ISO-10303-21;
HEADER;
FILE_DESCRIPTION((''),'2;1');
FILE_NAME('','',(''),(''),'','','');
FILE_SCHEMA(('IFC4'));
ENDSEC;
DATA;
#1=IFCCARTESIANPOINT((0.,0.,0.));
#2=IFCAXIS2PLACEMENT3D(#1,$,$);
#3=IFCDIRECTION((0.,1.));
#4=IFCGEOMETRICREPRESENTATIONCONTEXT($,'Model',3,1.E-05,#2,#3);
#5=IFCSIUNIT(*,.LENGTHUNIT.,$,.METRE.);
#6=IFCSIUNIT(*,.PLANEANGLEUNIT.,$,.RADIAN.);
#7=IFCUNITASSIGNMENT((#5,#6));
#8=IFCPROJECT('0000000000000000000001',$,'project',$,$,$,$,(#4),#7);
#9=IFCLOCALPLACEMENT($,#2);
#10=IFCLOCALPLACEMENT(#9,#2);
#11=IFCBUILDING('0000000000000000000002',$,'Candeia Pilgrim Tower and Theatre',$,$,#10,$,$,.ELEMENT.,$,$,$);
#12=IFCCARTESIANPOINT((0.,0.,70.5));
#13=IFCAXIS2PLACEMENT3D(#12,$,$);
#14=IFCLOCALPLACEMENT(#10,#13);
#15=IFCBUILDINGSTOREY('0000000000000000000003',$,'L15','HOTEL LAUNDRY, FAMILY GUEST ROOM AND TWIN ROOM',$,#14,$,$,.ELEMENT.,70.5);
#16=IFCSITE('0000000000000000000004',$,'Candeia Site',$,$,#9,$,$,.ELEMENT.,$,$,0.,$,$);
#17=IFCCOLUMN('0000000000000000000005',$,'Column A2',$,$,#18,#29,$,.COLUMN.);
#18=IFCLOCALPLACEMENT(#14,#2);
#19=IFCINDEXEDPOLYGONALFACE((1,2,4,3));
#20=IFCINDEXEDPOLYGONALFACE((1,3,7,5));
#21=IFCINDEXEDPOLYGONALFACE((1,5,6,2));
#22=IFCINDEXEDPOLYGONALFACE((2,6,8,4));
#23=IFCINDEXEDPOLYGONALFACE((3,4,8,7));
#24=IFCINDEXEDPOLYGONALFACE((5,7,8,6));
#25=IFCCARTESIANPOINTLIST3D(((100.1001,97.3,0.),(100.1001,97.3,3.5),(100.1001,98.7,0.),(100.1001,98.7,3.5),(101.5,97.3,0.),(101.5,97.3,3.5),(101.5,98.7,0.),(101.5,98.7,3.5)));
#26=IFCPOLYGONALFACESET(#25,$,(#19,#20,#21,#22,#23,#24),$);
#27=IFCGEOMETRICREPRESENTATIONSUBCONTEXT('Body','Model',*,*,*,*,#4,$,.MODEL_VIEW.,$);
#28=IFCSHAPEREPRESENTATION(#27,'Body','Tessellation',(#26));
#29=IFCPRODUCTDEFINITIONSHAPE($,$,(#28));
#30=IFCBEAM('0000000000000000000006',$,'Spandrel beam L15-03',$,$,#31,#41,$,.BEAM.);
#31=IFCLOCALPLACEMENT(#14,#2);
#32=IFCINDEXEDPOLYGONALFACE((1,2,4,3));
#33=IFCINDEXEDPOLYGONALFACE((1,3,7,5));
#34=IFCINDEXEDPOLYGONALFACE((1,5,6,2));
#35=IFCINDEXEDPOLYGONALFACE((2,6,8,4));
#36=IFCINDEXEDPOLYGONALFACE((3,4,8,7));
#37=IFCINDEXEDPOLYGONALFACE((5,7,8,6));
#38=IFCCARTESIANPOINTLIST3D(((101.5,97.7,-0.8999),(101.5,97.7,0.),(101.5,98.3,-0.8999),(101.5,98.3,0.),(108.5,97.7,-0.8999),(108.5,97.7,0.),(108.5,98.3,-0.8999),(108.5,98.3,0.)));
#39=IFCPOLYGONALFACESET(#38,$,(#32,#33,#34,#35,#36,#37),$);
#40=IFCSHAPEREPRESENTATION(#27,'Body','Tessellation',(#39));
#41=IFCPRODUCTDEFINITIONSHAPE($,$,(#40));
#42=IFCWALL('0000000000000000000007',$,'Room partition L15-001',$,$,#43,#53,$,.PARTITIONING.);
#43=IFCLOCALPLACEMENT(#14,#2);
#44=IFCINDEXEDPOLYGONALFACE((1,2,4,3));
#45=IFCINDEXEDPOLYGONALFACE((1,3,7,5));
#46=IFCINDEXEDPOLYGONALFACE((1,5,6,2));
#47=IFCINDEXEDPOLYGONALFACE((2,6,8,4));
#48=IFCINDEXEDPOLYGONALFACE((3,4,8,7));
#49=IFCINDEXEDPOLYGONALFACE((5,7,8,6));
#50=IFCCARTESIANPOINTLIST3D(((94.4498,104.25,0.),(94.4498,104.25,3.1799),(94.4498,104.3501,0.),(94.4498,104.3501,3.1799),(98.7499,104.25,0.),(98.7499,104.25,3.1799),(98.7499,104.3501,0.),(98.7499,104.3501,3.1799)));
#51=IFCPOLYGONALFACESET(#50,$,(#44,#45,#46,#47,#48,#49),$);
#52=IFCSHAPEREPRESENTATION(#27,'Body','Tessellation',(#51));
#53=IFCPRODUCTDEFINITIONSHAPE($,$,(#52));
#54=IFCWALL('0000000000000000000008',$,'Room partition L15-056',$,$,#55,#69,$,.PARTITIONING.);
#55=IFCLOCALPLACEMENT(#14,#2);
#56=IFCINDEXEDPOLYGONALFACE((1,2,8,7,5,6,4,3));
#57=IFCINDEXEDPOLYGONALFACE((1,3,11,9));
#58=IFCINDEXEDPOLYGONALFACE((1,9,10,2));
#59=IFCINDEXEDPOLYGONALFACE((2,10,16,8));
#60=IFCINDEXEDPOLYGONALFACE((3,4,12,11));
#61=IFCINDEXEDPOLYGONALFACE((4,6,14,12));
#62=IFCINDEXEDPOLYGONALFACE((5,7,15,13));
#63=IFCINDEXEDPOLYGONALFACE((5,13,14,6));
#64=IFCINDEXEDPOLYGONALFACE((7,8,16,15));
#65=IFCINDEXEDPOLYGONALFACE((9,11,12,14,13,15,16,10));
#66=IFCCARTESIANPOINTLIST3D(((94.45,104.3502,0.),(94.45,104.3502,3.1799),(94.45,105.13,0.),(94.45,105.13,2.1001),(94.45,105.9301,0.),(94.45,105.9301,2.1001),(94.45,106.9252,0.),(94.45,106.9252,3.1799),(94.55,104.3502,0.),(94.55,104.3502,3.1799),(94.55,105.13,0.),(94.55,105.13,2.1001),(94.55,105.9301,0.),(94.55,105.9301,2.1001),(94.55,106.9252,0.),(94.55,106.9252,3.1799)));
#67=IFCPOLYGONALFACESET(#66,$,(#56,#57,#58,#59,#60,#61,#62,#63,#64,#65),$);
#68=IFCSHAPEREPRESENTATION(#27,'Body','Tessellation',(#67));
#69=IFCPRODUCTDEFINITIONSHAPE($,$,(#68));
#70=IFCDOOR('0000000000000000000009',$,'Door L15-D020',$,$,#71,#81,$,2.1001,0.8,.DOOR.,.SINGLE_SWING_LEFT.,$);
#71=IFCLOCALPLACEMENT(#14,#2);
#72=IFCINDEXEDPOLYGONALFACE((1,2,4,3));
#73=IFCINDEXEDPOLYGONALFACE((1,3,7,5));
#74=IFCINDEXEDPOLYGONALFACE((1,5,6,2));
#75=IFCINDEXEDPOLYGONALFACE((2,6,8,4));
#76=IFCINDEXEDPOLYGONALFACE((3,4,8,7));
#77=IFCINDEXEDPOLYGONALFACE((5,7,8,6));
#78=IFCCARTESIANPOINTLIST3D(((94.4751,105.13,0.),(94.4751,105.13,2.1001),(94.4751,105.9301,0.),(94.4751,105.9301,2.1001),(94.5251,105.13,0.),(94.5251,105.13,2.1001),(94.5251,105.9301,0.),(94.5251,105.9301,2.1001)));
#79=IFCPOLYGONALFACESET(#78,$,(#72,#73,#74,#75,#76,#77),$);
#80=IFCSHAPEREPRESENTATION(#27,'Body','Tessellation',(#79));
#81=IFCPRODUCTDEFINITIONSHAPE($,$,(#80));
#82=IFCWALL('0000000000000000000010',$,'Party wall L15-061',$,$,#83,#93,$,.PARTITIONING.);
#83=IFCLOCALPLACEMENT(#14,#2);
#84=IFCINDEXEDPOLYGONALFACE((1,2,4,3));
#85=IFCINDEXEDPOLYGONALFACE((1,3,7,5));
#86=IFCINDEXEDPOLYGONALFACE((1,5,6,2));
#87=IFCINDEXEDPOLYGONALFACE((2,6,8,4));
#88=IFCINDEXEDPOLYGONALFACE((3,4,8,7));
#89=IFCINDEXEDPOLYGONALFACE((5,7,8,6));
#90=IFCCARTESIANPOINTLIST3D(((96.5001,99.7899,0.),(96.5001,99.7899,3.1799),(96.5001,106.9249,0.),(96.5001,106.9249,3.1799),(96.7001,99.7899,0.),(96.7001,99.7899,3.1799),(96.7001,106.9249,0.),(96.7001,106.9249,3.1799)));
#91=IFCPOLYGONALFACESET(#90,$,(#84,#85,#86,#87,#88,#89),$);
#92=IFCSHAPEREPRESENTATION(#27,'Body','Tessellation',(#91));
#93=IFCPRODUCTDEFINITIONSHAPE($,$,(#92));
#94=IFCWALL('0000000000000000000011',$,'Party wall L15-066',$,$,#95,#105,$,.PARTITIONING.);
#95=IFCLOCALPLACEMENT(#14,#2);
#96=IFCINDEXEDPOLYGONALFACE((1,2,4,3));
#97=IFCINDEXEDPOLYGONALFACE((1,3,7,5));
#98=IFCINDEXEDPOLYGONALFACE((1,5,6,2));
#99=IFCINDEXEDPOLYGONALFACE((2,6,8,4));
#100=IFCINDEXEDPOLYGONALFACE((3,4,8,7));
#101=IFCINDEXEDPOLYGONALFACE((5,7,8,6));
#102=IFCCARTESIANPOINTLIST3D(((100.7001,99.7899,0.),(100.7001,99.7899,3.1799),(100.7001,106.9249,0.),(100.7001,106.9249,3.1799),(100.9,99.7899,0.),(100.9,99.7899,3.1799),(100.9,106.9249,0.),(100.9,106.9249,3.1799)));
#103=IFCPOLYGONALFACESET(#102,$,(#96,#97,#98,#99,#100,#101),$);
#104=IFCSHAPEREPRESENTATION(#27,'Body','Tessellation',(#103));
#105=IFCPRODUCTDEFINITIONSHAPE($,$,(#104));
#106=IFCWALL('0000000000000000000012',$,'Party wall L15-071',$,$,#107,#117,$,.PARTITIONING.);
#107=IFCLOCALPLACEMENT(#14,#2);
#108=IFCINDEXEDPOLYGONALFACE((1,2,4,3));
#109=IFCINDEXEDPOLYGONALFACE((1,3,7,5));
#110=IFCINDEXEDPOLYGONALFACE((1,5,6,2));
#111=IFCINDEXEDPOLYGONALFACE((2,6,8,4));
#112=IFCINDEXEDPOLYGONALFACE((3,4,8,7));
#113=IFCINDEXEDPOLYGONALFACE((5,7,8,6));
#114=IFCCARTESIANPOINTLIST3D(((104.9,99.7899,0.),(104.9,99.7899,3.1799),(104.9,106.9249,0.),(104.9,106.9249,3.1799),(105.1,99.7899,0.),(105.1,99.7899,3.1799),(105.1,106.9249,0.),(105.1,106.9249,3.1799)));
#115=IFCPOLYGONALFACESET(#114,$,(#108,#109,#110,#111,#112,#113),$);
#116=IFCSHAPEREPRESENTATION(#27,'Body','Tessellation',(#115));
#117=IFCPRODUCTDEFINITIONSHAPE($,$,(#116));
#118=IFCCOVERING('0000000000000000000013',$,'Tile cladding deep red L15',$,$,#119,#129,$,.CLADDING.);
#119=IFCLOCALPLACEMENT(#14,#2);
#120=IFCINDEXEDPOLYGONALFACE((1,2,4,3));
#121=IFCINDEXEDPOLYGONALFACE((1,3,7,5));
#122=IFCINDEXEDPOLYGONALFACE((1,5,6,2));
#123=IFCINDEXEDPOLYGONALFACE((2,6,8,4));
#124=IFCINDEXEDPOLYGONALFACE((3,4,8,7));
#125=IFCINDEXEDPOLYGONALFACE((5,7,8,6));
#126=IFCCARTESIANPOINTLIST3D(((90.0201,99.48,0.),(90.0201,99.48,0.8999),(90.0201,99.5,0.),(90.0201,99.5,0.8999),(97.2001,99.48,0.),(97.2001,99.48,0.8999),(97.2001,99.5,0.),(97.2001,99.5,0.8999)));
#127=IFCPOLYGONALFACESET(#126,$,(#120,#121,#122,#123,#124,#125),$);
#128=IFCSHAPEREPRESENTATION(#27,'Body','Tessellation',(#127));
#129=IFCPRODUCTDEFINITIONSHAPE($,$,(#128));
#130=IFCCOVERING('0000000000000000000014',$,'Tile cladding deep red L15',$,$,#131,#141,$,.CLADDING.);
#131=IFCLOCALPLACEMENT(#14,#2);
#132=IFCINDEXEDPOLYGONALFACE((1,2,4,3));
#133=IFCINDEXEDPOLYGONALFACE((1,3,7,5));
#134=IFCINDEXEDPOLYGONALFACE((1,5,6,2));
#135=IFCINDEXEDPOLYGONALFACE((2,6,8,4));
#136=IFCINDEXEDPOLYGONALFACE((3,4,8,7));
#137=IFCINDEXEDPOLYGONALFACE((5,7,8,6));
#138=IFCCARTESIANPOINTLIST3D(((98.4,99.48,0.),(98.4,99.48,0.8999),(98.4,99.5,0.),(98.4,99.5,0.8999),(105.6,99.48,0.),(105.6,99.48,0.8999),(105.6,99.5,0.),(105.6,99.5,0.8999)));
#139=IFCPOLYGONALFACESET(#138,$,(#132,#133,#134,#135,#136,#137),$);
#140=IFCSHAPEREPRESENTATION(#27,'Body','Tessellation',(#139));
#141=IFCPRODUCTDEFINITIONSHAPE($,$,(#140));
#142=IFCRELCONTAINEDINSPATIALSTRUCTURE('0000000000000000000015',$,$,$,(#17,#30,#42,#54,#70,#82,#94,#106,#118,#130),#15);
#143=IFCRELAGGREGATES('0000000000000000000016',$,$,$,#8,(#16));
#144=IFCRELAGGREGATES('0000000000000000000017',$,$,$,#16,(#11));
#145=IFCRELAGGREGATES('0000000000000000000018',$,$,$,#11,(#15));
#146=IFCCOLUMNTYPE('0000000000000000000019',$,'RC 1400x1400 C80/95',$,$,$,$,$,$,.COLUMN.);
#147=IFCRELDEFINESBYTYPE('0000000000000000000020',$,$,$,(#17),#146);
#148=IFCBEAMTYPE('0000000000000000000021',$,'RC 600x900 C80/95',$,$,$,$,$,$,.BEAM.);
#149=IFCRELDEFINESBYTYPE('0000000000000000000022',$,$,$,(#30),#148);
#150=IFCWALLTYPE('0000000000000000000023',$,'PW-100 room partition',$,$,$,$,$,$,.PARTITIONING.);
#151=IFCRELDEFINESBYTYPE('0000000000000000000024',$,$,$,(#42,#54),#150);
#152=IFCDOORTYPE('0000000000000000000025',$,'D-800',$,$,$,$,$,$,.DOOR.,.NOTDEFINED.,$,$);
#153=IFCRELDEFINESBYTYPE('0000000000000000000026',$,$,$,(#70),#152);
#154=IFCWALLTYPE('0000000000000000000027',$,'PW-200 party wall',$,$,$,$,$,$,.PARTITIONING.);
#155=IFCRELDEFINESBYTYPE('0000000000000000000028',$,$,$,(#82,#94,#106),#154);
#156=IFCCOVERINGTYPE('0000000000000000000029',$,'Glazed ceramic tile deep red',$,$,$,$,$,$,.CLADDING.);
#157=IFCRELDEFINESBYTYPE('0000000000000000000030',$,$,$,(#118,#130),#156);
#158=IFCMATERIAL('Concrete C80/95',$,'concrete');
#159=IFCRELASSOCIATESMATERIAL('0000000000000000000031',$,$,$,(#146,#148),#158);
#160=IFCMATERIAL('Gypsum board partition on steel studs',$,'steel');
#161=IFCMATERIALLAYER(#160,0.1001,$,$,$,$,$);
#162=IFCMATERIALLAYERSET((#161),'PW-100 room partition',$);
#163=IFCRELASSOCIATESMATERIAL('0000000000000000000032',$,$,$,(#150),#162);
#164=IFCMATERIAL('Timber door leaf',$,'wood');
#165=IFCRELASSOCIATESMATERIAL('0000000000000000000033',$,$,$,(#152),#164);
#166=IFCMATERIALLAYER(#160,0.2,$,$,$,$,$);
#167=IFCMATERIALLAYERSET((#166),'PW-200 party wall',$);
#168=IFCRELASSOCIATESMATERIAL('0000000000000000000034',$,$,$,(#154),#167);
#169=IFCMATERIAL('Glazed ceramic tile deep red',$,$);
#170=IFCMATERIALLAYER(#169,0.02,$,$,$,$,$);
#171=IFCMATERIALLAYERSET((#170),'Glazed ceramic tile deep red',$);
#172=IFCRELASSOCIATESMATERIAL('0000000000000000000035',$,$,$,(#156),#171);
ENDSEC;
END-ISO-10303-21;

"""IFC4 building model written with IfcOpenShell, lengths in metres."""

from ifc_helpers import new_model, si_unit, direction, frame, frame_2d, origin, origin_2d, place, context, subcontext, project, spatial, rectangle, extrude, material, layer, layer_set, material_profile, profile_set, type_object, element, fill, save


model = new_model("IFC4")

# Units and contexts
model_context = context("Model", 3, precision=1e-05, world=origin(), true_north=direction((0.0, 1.0)))
body_context = subcontext(model_context, "Body", "Model", "MODEL_VIEW")
ifc_project = project(units=[si_unit("LENGTHUNIT", "METRE"), si_unit("PLANEANGLEUNIT", "RADIAN")], contexts=[model_context])

# Site, building, storey
site_placement = place(None, origin())
site = spatial("IfcSite", under=ifc_project, at=site_placement, Name="Candeia Site", CompositionType="ELEMENT", RefElevation=0.0)
building_placement = place(site_placement, origin())
building = spatial("IfcBuilding", under=site, at=building_placement, Name="Candeia Pilgrim Tower and Theatre", CompositionType="ELEMENT")
storey_placement = place(building_placement, frame((0.0, 0.0, 70.5)))
storey = spatial("IfcBuildingStorey", under=building, at=storey_placement, Name="L15", Description="HOTEL LAUNDRY, FAMILY GUEST ROOM AND TWIN ROOM", CompositionType="ELEMENT", Elevation=70.5)

# Column
ifc_material_1 = material(Name="Concrete C80/95", Category="concrete")
ifc_material_profile_1 = material_profile(ifc_material_1, rectangle(XDim=1.3999, YDim=1.3999, at=origin_2d()))
ifc_profile_set_1 = profile_set([ifc_material_profile_1], Name="Concrete C80/95")
column_type = type_object("IfcColumnType", Name="RC 1400x1400 C80/95", PredefinedType="COLUMN", material=ifc_profile_set_1)
column_placement = place(storey_placement, frame((100.8, 98.0, 0.0), z_axis=(0.0, 0.0, 1.0), x_axis=(1.0, 0.0, 0.0)))
element("IfcColumn", 1, at=column_placement, inside=storey, type_object=column_type, Name="Column A2", PredefinedType="COLUMN", context=body_context, shape_type="SweptSolid", body=[
    extrude(rectangle(XDim=1.3999, YDim=1.3999, at=origin_2d()), origin(), (0.0, 0.0, 1.0), 3.5),
])

# Beam
ifc_material_profile_2 = material_profile(ifc_material_1, rectangle(XDim=0.6001, YDim=0.8999, at=origin_2d()))
ifc_profile_set_2 = profile_set([ifc_material_profile_2], Name="Concrete C80/95")
beam_type = type_object("IfcBeamType", Name="RC 600x900 C80/95", PredefinedType="BEAM", material=ifc_profile_set_2)
beam_placement = place(storey_placement, frame((101.5, 98.0, -0.45), z_axis=(1.0, 0.0, 0.0), x_axis=(0.0, 1.0, 0.0)))
element("IfcBeam", 2, at=beam_placement, inside=storey, type_object=beam_type, Name="Spandrel beam L15-03", PredefinedType="BEAM", context=body_context, shape_type="SweptSolid", body=[
    extrude(rectangle(XDim=0.6001, YDim=0.8999, at=origin_2d()), origin(), (0.0, 0.0, 1.0), 7.0),
])

# Wall
ifc_material_2 = material(Name="Gypsum board partition on steel studs", Category="steel")
ifc_layer_1 = layer(ifc_material_2, 0.1001)
ifc_layer_set_1 = layer_set([ifc_layer_1], Name="PW-100 room partition")
wall_type_1 = type_object("IfcWallType", Name="PW-100 room partition", PredefinedType="PARTITIONING", material=ifc_layer_set_1)
wall_1_placement = place(storey_placement, frame((94.45, 104.3, 0.0), z_axis=(0.0, 0.0, 1.0), x_axis=(1.0, 0.0, 0.0)))
element("IfcWall", 3, at=wall_1_placement, inside=storey, type_object=wall_type_1, Name="Room partition L15-001", PredefinedType="PARTITIONING", context=body_context, shape_type="SweptSolid", body=[
    extrude(rectangle(XDim=4.3, YDim=0.1001, at=frame_2d((2.1499, 0.0))), origin(), (0.0, 0.0, 1.0), 3.1799),
])

# Wall, opening, door
wall_2_placement = place(storey_placement, frame((94.5, 104.3501, 0.0), z_axis=(0.0, 0.0, 1.0), x_axis=(0.0, 1.0, 0.0)))
wall_2 = element("IfcWall", 4, at=wall_2_placement, inside=storey, type_object=wall_type_1, Name="Room partition L15-056", PredefinedType="PARTITIONING", context=body_context, shape_type="SweptSolid", body=[
    extrude(rectangle(XDim=2.575, YDim=0.1001, at=frame_2d((1.2876, 0.0))), origin(), (0.0, 0.0, 1.0), 3.1799),
])
opening_placement = place(wall_2_placement, frame((0.78, 0.0, 0.0)))
opening = element("IfcOpeningElement", 5, at=opening_placement, cuts=wall_2, PredefinedType="OPENING", context=body_context, shape_type="SweptSolid", body=[
    extrude(rectangle(XDim=0.8, YDim=2.1001, at=frame_2d((0.3999, 1.05))), frame((0.0, 0.0601, 0.0), z_axis=(0.0, -1.0, 0.0), x_axis=(1.0, 0.0, 0.0)), (0.0, 0.0, 1.0), 0.1201),
])
ifc_material_3 = material(Name="Timber door leaf", Category="wood")
door_type = type_object("IfcDoorType", Name="D-800", OperationType="NOTDEFINED", PredefinedType="DOOR", material=ifc_material_3)
door_placement = place(opening_placement, origin())
door = element("IfcDoor", 6, at=door_placement, inside=storey, type_object=door_type, Name="Door L15-D020", OperationType="SINGLE_SWING_LEFT", OverallHeight=2.1001, OverallWidth=0.8, PredefinedType="DOOR", context=body_context, shape_type="SweptSolid", body=[
    extrude(rectangle(XDim=0.8, YDim=2.1001, at=frame_2d((0.3999, 1.05))), frame((0.0, 0.0249, 0.0), z_axis=(0.0, -1.0, 0.0), x_axis=(1.0, 0.0, 0.0)), (0.0, 0.0, 1.0), 0.05),
])
fill(opening, door)

# Walls
ifc_layer_2 = layer(ifc_material_2, 0.2)
ifc_layer_set_2 = layer_set([ifc_layer_2], Name="PW-200 party wall")
wall_type_2 = type_object("IfcWallType", Name="PW-200 party wall", PredefinedType="PARTITIONING", material=ifc_layer_set_2)
for number, where, z_axis, x_axis, name in (
    (7, (96.6001, 99.79, 0.0), (0.0, 0.0, 1.0), (0.0, 1.0, 0.0), "Party wall L15-061"),
    (8, (100.8, 99.79, 0.0), (0.0, 0.0, 1.0), (0.0, 1.0, 0.0), "Party wall L15-066"),
    (9, (105.0, 99.79, 0.0), (0.0, 0.0, 1.0), (0.0, 1.0, 0.0), "Party wall L15-071"),
):
    element("IfcWall", number, at=place(storey_placement, frame(where, z_axis=z_axis, x_axis=x_axis)), inside=storey, type_object=wall_type_2, Name=name, PredefinedType="PARTITIONING", context=body_context, shape_type="SweptSolid", body=[
        extrude(rectangle(XDim=7.135, YDim=0.2, at=frame_2d((3.5674, 0.0))), origin(), (0.0, 0.0, 1.0), 3.1799),
    ])

# Coverings
ifc_material_4 = material(Name="Glazed ceramic tile deep red")
ifc_layer_3 = layer(ifc_material_4, 0.02)
ifc_layer_set_3 = layer_set([ifc_layer_3], Name="Glazed ceramic tile deep red")
covering_type = type_object("IfcCoveringType", Name="Glazed ceramic tile deep red", PredefinedType="CLADDING", material=ifc_layer_set_3)
covering_1_placement = place(storey_placement, frame((93.6101, 99.49, 0.0), z_axis=(0.0, 0.0, 1.0), x_axis=(1.0, 0.0, 0.0)))
element("IfcCovering", 10, at=covering_1_placement, inside=storey, type_object=covering_type, Name="Tile cladding deep red L15", PredefinedType="CLADDING", context=body_context, shape_type="SweptSolid", body=[
    extrude(rectangle(XDim=7.1799, YDim=0.02, at=origin_2d()), origin(), (0.0, 0.0, 1.0), 0.8999),
])
covering_2_placement = place(storey_placement, frame((102.0, 99.49, 0.0), z_axis=(0.0, 0.0, 1.0), x_axis=(1.0, 0.0, 0.0)))
element("IfcCovering", 11, at=covering_2_placement, inside=storey, type_object=covering_type, Name="Tile cladding deep red L15", PredefinedType="CLADDING", context=body_context, shape_type="SweptSolid", body=[
    extrude(rectangle(XDim=7.2, YDim=0.02, at=origin_2d()), origin(), (0.0, 0.0, 1.0), 0.8999),
])

save(model, "model.ifc")
